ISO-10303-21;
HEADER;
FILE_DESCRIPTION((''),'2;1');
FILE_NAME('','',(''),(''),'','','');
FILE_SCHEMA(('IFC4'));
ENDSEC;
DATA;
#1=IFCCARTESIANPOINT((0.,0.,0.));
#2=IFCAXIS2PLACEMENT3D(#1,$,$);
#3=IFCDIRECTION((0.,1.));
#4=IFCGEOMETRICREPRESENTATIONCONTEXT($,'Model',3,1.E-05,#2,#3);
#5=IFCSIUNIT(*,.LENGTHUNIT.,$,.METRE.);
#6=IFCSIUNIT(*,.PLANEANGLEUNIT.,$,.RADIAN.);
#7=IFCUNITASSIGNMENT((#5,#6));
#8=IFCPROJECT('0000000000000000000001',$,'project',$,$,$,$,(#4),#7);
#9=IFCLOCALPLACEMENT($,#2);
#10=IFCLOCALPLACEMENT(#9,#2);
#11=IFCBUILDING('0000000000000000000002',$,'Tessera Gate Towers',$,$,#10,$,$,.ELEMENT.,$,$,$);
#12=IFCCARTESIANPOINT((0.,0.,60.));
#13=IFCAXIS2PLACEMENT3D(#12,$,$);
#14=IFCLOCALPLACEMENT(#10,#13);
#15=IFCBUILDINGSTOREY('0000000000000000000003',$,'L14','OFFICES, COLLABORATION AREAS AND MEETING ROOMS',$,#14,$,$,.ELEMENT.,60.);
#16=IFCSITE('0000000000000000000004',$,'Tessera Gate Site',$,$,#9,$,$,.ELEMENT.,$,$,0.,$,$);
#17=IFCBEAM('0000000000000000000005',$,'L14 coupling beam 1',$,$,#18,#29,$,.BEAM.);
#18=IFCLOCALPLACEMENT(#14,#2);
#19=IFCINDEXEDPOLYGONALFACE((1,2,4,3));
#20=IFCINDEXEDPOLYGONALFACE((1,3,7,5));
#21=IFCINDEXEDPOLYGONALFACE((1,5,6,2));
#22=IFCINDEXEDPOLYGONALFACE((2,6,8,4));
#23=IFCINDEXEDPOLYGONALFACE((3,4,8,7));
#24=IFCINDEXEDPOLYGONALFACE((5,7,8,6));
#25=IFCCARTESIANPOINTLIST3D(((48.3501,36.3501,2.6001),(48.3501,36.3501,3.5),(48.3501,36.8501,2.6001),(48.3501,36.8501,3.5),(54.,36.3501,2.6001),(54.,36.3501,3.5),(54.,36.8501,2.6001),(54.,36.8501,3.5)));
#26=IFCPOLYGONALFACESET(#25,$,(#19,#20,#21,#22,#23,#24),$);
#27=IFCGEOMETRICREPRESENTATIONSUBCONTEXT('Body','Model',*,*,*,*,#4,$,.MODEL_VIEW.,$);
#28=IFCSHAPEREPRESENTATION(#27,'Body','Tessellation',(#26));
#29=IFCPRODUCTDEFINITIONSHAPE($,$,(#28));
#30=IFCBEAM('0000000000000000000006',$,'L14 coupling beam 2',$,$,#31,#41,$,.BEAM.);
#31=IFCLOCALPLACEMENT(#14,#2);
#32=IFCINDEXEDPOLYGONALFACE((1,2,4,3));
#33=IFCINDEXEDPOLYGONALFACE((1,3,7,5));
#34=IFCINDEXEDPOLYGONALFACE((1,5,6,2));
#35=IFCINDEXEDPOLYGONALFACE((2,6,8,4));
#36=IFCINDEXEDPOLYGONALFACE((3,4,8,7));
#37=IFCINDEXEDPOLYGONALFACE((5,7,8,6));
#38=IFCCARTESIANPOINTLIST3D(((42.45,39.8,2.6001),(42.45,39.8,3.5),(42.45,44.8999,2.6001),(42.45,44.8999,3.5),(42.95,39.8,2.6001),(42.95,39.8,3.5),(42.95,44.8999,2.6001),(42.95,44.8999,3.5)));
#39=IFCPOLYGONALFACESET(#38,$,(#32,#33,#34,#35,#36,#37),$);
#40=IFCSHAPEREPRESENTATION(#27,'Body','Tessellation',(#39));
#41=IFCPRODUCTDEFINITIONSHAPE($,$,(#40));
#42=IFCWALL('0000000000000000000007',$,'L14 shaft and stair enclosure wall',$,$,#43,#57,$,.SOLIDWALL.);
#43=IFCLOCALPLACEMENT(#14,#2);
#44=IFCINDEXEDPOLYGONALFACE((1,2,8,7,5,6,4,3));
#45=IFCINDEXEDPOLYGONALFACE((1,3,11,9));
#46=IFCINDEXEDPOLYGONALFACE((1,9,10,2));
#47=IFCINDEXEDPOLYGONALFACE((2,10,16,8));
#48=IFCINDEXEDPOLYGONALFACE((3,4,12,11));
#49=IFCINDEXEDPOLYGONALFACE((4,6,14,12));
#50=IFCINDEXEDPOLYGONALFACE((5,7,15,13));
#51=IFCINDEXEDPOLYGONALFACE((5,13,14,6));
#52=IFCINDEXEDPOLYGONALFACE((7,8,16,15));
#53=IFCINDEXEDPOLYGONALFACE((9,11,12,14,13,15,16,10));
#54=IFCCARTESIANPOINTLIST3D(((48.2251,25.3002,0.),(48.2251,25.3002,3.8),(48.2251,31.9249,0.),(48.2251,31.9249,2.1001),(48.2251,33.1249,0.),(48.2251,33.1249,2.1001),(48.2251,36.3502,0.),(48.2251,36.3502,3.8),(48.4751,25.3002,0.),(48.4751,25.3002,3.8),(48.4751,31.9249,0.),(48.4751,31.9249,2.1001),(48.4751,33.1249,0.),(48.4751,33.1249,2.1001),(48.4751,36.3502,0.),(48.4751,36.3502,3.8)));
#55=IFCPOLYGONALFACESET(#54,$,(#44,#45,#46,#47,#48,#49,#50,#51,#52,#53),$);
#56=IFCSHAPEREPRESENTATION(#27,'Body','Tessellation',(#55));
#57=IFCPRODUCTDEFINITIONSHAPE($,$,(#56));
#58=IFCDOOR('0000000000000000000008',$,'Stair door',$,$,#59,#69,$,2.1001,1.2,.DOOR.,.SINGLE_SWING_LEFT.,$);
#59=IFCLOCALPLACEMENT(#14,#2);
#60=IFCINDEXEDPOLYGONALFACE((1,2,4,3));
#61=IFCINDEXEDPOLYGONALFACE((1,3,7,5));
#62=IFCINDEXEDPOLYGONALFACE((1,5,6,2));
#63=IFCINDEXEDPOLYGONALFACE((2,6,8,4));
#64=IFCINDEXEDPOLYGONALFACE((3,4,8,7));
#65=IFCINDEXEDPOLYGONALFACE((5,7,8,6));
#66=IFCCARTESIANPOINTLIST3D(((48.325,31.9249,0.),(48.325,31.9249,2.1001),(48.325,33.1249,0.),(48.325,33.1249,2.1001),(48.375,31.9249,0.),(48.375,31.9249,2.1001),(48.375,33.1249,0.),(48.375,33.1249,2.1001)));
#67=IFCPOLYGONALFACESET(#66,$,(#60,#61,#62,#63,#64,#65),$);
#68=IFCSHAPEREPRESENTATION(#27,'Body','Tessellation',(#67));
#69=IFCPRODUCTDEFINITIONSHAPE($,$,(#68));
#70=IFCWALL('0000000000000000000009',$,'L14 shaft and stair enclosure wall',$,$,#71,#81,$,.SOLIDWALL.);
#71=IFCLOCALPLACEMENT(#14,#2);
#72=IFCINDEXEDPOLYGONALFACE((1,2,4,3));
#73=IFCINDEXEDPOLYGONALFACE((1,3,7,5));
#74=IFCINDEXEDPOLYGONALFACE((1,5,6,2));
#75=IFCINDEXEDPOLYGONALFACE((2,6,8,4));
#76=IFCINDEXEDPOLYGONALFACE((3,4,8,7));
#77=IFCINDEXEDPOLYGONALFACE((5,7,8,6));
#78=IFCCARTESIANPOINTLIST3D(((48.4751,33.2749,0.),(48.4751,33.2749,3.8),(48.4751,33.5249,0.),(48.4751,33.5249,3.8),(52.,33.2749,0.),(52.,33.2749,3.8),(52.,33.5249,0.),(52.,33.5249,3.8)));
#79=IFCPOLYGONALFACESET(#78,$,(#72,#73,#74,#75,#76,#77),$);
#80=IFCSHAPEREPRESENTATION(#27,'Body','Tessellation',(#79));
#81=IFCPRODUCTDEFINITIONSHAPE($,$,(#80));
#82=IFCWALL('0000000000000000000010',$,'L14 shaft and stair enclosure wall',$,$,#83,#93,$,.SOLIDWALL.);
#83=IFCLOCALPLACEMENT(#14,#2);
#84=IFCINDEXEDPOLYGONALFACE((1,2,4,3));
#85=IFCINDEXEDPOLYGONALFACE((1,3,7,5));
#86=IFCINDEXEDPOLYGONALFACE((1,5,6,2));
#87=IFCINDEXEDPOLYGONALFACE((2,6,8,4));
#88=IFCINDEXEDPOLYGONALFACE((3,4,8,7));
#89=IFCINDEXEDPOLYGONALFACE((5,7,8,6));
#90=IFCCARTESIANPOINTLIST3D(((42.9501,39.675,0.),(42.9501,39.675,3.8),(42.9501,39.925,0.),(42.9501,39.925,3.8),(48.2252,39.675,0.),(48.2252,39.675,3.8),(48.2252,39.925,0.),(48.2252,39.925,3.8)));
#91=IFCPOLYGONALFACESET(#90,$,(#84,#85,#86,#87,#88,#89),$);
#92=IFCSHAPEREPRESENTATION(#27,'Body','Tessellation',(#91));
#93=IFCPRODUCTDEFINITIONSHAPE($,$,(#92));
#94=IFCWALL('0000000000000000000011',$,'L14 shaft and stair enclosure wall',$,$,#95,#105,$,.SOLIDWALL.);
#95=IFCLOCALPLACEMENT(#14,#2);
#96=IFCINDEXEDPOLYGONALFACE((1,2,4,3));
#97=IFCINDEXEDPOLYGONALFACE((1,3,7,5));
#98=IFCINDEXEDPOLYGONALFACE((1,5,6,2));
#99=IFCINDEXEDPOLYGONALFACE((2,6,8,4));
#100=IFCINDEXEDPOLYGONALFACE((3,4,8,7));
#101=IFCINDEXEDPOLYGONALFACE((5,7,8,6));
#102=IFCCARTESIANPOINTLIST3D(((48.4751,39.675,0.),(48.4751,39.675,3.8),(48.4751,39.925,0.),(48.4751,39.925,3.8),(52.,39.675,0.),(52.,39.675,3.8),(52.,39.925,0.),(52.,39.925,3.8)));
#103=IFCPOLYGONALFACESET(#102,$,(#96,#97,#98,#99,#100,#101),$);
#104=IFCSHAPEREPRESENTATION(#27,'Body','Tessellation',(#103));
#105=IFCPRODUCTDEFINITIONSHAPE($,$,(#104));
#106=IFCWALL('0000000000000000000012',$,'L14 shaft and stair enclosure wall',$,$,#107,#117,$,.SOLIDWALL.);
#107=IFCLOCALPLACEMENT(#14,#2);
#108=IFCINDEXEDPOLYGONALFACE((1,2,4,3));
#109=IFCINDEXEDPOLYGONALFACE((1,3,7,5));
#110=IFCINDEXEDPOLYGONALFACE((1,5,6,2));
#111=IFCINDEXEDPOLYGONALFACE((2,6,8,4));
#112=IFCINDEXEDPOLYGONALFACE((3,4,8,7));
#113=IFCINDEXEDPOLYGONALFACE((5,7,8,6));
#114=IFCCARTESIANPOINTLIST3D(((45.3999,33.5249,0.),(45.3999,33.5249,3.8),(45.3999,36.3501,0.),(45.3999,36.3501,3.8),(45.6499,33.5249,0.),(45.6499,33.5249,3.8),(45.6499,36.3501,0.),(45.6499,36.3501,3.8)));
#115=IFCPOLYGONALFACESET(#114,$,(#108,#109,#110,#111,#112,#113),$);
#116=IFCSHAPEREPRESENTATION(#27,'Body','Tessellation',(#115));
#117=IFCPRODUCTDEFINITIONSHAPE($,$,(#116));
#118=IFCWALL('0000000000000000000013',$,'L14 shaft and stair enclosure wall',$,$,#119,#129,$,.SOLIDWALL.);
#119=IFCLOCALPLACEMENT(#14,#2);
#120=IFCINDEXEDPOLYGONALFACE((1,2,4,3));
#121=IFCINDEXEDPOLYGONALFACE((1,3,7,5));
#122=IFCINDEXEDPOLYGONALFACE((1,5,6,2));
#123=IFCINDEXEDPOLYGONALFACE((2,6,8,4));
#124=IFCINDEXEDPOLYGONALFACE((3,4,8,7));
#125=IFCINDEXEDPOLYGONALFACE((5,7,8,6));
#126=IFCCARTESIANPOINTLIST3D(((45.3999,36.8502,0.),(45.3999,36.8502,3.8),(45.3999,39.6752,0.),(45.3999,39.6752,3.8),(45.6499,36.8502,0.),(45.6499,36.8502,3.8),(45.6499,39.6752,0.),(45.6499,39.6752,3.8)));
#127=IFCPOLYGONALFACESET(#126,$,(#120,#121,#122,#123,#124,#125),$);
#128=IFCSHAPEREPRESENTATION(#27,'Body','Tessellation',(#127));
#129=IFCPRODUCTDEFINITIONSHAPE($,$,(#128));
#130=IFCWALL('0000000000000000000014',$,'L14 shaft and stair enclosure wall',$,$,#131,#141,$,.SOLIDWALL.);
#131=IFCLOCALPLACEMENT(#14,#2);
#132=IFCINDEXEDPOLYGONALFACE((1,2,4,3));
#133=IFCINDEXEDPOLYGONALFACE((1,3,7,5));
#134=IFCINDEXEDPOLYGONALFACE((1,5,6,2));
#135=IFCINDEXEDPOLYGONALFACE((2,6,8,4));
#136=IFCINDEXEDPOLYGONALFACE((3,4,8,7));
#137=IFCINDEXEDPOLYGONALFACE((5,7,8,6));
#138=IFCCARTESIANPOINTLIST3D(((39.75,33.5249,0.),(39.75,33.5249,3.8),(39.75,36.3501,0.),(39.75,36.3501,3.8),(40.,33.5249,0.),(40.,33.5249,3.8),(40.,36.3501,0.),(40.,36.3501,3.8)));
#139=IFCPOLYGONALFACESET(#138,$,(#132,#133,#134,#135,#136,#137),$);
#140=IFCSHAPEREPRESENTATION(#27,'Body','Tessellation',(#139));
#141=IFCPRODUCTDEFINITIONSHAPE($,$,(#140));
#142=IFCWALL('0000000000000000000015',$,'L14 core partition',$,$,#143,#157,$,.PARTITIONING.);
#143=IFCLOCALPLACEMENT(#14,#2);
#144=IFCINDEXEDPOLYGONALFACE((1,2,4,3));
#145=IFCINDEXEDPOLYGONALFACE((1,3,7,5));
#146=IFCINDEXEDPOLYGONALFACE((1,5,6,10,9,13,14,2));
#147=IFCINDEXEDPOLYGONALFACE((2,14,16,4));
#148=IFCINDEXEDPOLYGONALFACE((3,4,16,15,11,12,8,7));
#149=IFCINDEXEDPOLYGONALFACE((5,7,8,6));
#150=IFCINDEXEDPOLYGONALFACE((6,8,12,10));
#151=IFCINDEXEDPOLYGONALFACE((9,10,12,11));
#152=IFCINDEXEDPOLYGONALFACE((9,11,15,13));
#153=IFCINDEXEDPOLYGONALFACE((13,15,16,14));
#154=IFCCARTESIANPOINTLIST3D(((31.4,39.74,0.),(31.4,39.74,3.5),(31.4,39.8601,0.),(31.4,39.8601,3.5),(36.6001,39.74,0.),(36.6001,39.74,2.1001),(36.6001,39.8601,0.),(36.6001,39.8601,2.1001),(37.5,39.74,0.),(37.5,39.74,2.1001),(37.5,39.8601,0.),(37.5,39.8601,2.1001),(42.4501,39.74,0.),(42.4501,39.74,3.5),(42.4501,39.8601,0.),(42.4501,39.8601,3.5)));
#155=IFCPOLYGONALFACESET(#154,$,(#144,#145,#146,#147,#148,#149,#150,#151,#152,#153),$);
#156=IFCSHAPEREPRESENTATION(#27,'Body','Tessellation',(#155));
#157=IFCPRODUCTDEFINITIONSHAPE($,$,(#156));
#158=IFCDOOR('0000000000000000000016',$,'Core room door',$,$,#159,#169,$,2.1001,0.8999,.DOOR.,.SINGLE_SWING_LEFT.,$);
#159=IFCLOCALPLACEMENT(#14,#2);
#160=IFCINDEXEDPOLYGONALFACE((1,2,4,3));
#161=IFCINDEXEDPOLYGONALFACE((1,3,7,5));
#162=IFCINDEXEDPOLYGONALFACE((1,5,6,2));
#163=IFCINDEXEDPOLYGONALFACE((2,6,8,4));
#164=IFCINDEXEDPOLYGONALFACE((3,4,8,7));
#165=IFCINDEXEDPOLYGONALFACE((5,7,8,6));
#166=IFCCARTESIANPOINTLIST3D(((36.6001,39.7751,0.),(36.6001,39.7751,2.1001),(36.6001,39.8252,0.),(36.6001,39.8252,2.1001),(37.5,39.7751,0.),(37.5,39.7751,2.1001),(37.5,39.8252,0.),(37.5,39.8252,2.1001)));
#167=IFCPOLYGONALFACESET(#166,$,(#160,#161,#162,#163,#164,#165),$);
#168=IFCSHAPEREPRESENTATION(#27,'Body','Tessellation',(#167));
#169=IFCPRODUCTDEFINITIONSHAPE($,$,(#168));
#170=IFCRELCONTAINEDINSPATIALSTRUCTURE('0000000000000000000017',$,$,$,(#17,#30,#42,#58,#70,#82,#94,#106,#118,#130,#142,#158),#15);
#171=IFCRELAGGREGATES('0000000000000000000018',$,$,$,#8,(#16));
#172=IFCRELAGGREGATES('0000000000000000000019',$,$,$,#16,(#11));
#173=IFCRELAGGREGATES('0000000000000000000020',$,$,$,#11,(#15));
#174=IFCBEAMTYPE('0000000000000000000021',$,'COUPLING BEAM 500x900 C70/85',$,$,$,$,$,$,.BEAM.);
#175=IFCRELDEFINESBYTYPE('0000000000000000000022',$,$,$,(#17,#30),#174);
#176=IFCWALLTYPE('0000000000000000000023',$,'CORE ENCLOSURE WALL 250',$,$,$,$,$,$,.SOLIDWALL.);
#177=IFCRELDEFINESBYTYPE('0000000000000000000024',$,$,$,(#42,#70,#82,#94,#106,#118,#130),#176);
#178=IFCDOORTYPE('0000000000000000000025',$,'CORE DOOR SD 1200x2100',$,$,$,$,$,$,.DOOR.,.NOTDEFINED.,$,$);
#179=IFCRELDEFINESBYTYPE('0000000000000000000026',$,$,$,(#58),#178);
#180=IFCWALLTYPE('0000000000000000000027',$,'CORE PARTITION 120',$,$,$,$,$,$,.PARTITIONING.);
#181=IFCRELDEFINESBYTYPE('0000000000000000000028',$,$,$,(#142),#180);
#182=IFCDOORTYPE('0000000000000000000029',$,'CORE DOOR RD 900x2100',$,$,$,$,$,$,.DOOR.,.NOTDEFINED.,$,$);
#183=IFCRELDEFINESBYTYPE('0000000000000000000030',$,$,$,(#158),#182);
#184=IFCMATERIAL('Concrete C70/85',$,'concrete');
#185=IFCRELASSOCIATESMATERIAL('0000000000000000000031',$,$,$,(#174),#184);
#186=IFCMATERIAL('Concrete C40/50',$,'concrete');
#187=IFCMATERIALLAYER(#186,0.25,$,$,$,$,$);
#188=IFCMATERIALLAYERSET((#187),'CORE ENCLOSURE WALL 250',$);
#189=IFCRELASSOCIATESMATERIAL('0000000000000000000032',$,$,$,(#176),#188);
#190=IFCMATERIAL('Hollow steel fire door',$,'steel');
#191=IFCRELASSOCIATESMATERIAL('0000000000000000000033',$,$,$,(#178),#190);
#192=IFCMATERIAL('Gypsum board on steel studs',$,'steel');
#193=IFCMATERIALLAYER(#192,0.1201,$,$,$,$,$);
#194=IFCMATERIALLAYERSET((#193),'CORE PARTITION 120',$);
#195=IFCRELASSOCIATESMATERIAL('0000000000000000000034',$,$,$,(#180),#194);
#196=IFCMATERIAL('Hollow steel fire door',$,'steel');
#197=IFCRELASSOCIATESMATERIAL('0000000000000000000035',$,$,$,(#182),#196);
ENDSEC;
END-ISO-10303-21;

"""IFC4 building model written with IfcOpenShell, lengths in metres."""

from ifc_helpers import new_model, si_unit, direction, frame, frame_2d, origin, origin_2d, place, context, subcontext, project, spatial, rectangle, extrude, source, transform, mapped, material, layer, layer_set, material_profile, profile_set, type_object, element, fill, save


model = new_model("IFC4")

# Units and contexts
model_context = context("Model", 3, precision=1e-05, world=origin(), true_north=direction((0.0, 1.0)))
body_context = subcontext(model_context, "Body", "Model", "MODEL_VIEW")
ifc_project = project(units=[si_unit("LENGTHUNIT", "METRE"), si_unit("PLANEANGLEUNIT", "RADIAN")], contexts=[model_context])

# Site, building, storey
site_placement = place(None, origin())
site = spatial("IfcSite", under=ifc_project, at=site_placement, Name="Tessera Gate Site", CompositionType="ELEMENT", RefElevation=0.0)
building_placement = place(site_placement, origin())
building = spatial("IfcBuilding", under=site, at=building_placement, Name="Tessera Gate Towers", CompositionType="ELEMENT")
storey_placement = place(building_placement, frame((0.0, 0.0, 60.0)))
storey = spatial("IfcBuildingStorey", under=building, at=storey_placement, Name="L14", Description="OFFICES, COLLABORATION AREAS AND MEETING ROOMS", CompositionType="ELEMENT", Elevation=60.0)

# Beams
ifc_material_1 = material(Name="Concrete C70/85", Category="concrete")
ifc_material_profile = material_profile(ifc_material_1, rectangle(XDim=0.5, YDim=0.8999, at=origin_2d()), Name="RC 500x900")
ifc_profile_set = profile_set([ifc_material_profile], Name="Concrete C70/85")
beam_type = type_object("IfcBeamType", Name="COUPLING BEAM 500x900 C70/85", PredefinedType="BEAM", material=ifc_profile_set)
beam_1_placement = place(storey_placement, frame((48.3501, 36.6001, 3.05), z_axis=(1.0, 0.0, 0.0), x_axis=(0.0, 1.0, 0.0)))
element("IfcBeam", 1, at=beam_1_placement, inside=storey, type_object=beam_type, Name="L14 coupling beam 1", PredefinedType="BEAM", context=body_context, shape_type="SweptSolid", body=[
    extrude(rectangle(XDim=0.5, YDim=0.8999, at=origin_2d()), origin(), (0.0, 0.0, 1.0), 5.6499),
])
beam_2_placement = place(storey_placement, frame((42.7, 39.8, 3.05), z_axis=(0.0, 1.0, 0.0), x_axis=(-1.0, 0.0, 0.0)))
element("IfcBeam", 2, at=beam_2_placement, inside=storey, type_object=beam_type, Name="L14 coupling beam 2", PredefinedType="BEAM", context=body_context, shape_type="SweptSolid", body=[
    extrude(rectangle(XDim=0.5, YDim=0.8999, at=origin_2d()), origin(), (0.0, 0.0, 1.0), 5.0999),
])

# Wall, opening, door
ifc_material_2 = material(Name="Concrete C40/50", Category="concrete")
ifc_layer_1 = layer(ifc_material_2, 0.25)
ifc_layer_set_1 = layer_set([ifc_layer_1], Name="CORE ENCLOSURE WALL 250")
wall_type_1 = type_object("IfcWallType", Name="CORE ENCLOSURE WALL 250", PredefinedType="SOLIDWALL", material=ifc_layer_set_1)
wall_1_placement = place(storey_placement, frame((48.3501, 36.3501, 0.0), z_axis=(0.0, 0.0, 1.0), x_axis=(0.0, -1.0, 0.0)))
wall_1 = element("IfcWall", 3, at=wall_1_placement, inside=storey, type_object=wall_type_1, Name="L14 shaft and stair enclosure wall", PredefinedType="SOLIDWALL", context=body_context, shape_type="SweptSolid", body=[
    extrude(rectangle(XDim=11.05, YDim=0.25, at=frame_2d((5.5249, 0.0))), origin(), (0.0, 0.0, 1.0), 3.8),
])
shared_shape_1 = source(origin(), body_context, "Body", "SweptSolid", [
    extrude(rectangle(XDim=1.2, YDim=2.1001, at=frame_2d((0.6001, 1.05))), frame((0.0, 0.135, 0.0), z_axis=(0.0, -1.0, 0.0), x_axis=(1.0, 0.0, 0.0)), (0.0, 0.0, 1.0), 0.27),
])
opening_1_placement = place(wall_1_placement, frame((3.2251, 0.0, 0.0)))
opening_1 = element("IfcOpeningElement", 4, at=opening_1_placement, cuts=wall_1, PredefinedType="OPENING", context=body_context, shape_type="MappedRepresentation", body=[
    mapped(shared_shape_1, transform((0.0, 0.0, 0.0), scale=1.0)),
])
ifc_material_3 = material(Name="Hollow steel fire door", Category="steel")
door_type_1 = type_object("IfcDoorType", Name="CORE DOOR SD 1200x2100", OperationType="NOTDEFINED", PredefinedType="DOOR", material=ifc_material_3)
shared_shape_2 = source(origin(), body_context, "Body", "SweptSolid", [
    extrude(rectangle(XDim=1.2, YDim=2.1001, at=frame_2d((0.6001, 1.05))), frame((0.0, 0.0249, 0.0), z_axis=(0.0, -1.0, 0.0), x_axis=(1.0, 0.0, 0.0)), (0.0, 0.0, 1.0), 0.05),
])
door_1_placement = place(opening_1_placement, origin())
door_1 = element("IfcDoor", 5, at=door_1_placement, inside=storey, type_object=door_type_1, Name="Stair door", OperationType="SINGLE_SWING_LEFT", OverallHeight=2.1001, OverallWidth=1.2, PredefinedType="DOOR", context=body_context, shape_type="MappedRepresentation", body=[
    mapped(shared_shape_2, transform((0.0, 0.0, 0.0), scale=1.0)),
])
fill(opening_1, door_1)

# Walls
wall_2_placement = place(storey_placement, frame((48.4751, 33.3999, 0.0), z_axis=(0.0, 0.0, 1.0), x_axis=(1.0, 0.0, 0.0)))
element("IfcWall", 6, at=wall_2_placement, inside=storey, type_object=wall_type_1, Name="L14 shaft and stair enclosure wall", PredefinedType="SOLIDWALL", context=body_context, shape_type="SweptSolid", body=[
    extrude(rectangle(XDim=3.5249, YDim=0.25, at=frame_2d((1.7625, 0.0))), origin(), (0.0, 0.0, 1.0), 3.8),
])
wall_3_placement = place(storey_placement, frame((42.95, 39.8, 0.0), z_axis=(0.0, 0.0, 1.0), x_axis=(1.0, 0.0, 0.0)))
element("IfcWall", 7, at=wall_3_placement, inside=storey, type_object=wall_type_1, Name="L14 shaft and stair enclosure wall", PredefinedType="SOLIDWALL", context=body_context, shape_type="SweptSolid", body=[
    extrude(rectangle(XDim=5.2751, YDim=0.25, at=frame_2d((2.6377, 0.0))), origin(), (0.0, 0.0, 1.0), 3.8),
])
wall_4_placement = place(storey_placement, frame((48.4751, 39.8, 0.0), z_axis=(0.0, 0.0, 1.0), x_axis=(1.0, 0.0, 0.0)))
element("IfcWall", 8, at=wall_4_placement, inside=storey, type_object=wall_type_1, Name="L14 shaft and stair enclosure wall", PredefinedType="SOLIDWALL", context=body_context, shape_type="SweptSolid", body=[
    extrude(rectangle(XDim=3.5249, YDim=0.25, at=frame_2d((1.7625, 0.0))), origin(), (0.0, 0.0, 1.0), 3.8),
])
wall_5_placement = place(storey_placement, frame((45.5249, 33.5249, 0.0), z_axis=(0.0, 0.0, 1.0), x_axis=(0.0, 1.0, 0.0)))
element("IfcWall", 9, at=wall_5_placement, inside=storey, type_object=wall_type_1, Name="L14 shaft and stair enclosure wall", PredefinedType="SOLIDWALL", context=body_context, shape_type="SweptSolid", body=[
    extrude(rectangle(XDim=2.8252, YDim=0.25, at=frame_2d((1.4126, 0.0))), origin(), (0.0, 0.0, 1.0), 3.8),
])
wall_6_placement = place(storey_placement, frame((45.5249, 36.8501, 0.0), z_axis=(0.0, 0.0, 1.0), x_axis=(0.0, 1.0, 0.0)))
element("IfcWall", 10, at=wall_6_placement, inside=storey, type_object=wall_type_1, Name="L14 shaft and stair enclosure wall", PredefinedType="SOLIDWALL", context=body_context, shape_type="SweptSolid", body=[
    extrude(rectangle(XDim=2.825, YDim=0.25, at=frame_2d((1.4126, 0.0))), origin(), (0.0, 0.0, 1.0), 3.8),
])
wall_7_placement = place(storey_placement, frame((39.875, 33.5249, 0.0), z_axis=(0.0, 0.0, 1.0), x_axis=(0.0, 1.0, 0.0)))
element("IfcWall", 11, at=wall_7_placement, inside=storey, type_object=wall_type_1, Name="L14 shaft and stair enclosure wall", PredefinedType="SOLIDWALL", context=body_context, shape_type="SweptSolid", body=[
    extrude(rectangle(XDim=2.8252, YDim=0.25, at=frame_2d((1.4126, 0.0))), origin(), (0.0, 0.0, 1.0), 3.8),
])

# Wall, opening, door
ifc_material_4 = material(Name="Gypsum board on steel studs", Category="steel")
ifc_layer_2 = layer(ifc_material_4, 0.1201)
ifc_layer_set_2 = layer_set([ifc_layer_2], Name="CORE PARTITION 120")
wall_type_2 = type_object("IfcWallType", Name="CORE PARTITION 120", PredefinedType="PARTITIONING", material=ifc_layer_set_2)
wall_8_placement = place(storey_placement, frame((42.45, 39.8, 0.0), z_axis=(0.0, 0.0, 1.0), x_axis=(-1.0, 0.0, 0.0)))
wall_8 = element("IfcWall", 12, at=wall_8_placement, inside=storey, type_object=wall_type_2, Name="L14 core partition", PredefinedType="PARTITIONING", context=body_context, shape_type="SweptSolid", body=[
    extrude(rectangle(XDim=11.05, YDim=0.1201, at=frame_2d((5.5249, 0.0))), origin(), (0.0, 0.0, 1.0), 3.5),
])
shared_shape_3 = source(origin(), body_context, "Body", "SweptSolid", [
    extrude(rectangle(XDim=0.8999, YDim=2.1001, at=frame_2d((0.45, 1.05))), frame((0.0, 0.0701, 0.0), z_axis=(0.0, -1.0, 0.0), x_axis=(1.0, 0.0, 0.0)), (0.0, 0.0, 1.0), 0.1401),
])
opening_2_placement = place(wall_8_placement, frame((4.95, 0.0, 0.0)))
opening_2 = element("IfcOpeningElement", 13, at=opening_2_placement, cuts=wall_8, PredefinedType="OPENING", context=body_context, shape_type="MappedRepresentation", body=[
    mapped(shared_shape_3, transform((0.0, 0.0, 0.0), scale=1.0)),
])
ifc_material_5 = material(Name="Hollow steel fire door", Category="steel")
door_type_2 = type_object("IfcDoorType", Name="CORE DOOR RD 900x2100", OperationType="NOTDEFINED", PredefinedType="DOOR", material=ifc_material_5)
shared_shape_4 = source(origin(), body_context, "Body", "SweptSolid", [
    extrude(rectangle(XDim=0.8999, YDim=2.1001, at=frame_2d((0.45, 1.05))), frame((0.0, 0.0249, 0.0), z_axis=(0.0, -1.0, 0.0), x_axis=(1.0, 0.0, 0.0)), (0.0, 0.0, 1.0), 0.05),
])
door_2_placement = place(opening_2_placement, origin())
door_2 = element("IfcDoor", 14, at=door_2_placement, inside=storey, type_object=door_type_2, Name="Core room door", OperationType="SINGLE_SWING_LEFT", OverallHeight=2.1001, OverallWidth=0.8999, PredefinedType="DOOR", context=body_context, shape_type="MappedRepresentation", body=[
    mapped(shared_shape_4, transform((0.0, 0.0, 0.0), scale=1.0)),
])
fill(opening_2, door_2)

save(model, "model.ifc")
